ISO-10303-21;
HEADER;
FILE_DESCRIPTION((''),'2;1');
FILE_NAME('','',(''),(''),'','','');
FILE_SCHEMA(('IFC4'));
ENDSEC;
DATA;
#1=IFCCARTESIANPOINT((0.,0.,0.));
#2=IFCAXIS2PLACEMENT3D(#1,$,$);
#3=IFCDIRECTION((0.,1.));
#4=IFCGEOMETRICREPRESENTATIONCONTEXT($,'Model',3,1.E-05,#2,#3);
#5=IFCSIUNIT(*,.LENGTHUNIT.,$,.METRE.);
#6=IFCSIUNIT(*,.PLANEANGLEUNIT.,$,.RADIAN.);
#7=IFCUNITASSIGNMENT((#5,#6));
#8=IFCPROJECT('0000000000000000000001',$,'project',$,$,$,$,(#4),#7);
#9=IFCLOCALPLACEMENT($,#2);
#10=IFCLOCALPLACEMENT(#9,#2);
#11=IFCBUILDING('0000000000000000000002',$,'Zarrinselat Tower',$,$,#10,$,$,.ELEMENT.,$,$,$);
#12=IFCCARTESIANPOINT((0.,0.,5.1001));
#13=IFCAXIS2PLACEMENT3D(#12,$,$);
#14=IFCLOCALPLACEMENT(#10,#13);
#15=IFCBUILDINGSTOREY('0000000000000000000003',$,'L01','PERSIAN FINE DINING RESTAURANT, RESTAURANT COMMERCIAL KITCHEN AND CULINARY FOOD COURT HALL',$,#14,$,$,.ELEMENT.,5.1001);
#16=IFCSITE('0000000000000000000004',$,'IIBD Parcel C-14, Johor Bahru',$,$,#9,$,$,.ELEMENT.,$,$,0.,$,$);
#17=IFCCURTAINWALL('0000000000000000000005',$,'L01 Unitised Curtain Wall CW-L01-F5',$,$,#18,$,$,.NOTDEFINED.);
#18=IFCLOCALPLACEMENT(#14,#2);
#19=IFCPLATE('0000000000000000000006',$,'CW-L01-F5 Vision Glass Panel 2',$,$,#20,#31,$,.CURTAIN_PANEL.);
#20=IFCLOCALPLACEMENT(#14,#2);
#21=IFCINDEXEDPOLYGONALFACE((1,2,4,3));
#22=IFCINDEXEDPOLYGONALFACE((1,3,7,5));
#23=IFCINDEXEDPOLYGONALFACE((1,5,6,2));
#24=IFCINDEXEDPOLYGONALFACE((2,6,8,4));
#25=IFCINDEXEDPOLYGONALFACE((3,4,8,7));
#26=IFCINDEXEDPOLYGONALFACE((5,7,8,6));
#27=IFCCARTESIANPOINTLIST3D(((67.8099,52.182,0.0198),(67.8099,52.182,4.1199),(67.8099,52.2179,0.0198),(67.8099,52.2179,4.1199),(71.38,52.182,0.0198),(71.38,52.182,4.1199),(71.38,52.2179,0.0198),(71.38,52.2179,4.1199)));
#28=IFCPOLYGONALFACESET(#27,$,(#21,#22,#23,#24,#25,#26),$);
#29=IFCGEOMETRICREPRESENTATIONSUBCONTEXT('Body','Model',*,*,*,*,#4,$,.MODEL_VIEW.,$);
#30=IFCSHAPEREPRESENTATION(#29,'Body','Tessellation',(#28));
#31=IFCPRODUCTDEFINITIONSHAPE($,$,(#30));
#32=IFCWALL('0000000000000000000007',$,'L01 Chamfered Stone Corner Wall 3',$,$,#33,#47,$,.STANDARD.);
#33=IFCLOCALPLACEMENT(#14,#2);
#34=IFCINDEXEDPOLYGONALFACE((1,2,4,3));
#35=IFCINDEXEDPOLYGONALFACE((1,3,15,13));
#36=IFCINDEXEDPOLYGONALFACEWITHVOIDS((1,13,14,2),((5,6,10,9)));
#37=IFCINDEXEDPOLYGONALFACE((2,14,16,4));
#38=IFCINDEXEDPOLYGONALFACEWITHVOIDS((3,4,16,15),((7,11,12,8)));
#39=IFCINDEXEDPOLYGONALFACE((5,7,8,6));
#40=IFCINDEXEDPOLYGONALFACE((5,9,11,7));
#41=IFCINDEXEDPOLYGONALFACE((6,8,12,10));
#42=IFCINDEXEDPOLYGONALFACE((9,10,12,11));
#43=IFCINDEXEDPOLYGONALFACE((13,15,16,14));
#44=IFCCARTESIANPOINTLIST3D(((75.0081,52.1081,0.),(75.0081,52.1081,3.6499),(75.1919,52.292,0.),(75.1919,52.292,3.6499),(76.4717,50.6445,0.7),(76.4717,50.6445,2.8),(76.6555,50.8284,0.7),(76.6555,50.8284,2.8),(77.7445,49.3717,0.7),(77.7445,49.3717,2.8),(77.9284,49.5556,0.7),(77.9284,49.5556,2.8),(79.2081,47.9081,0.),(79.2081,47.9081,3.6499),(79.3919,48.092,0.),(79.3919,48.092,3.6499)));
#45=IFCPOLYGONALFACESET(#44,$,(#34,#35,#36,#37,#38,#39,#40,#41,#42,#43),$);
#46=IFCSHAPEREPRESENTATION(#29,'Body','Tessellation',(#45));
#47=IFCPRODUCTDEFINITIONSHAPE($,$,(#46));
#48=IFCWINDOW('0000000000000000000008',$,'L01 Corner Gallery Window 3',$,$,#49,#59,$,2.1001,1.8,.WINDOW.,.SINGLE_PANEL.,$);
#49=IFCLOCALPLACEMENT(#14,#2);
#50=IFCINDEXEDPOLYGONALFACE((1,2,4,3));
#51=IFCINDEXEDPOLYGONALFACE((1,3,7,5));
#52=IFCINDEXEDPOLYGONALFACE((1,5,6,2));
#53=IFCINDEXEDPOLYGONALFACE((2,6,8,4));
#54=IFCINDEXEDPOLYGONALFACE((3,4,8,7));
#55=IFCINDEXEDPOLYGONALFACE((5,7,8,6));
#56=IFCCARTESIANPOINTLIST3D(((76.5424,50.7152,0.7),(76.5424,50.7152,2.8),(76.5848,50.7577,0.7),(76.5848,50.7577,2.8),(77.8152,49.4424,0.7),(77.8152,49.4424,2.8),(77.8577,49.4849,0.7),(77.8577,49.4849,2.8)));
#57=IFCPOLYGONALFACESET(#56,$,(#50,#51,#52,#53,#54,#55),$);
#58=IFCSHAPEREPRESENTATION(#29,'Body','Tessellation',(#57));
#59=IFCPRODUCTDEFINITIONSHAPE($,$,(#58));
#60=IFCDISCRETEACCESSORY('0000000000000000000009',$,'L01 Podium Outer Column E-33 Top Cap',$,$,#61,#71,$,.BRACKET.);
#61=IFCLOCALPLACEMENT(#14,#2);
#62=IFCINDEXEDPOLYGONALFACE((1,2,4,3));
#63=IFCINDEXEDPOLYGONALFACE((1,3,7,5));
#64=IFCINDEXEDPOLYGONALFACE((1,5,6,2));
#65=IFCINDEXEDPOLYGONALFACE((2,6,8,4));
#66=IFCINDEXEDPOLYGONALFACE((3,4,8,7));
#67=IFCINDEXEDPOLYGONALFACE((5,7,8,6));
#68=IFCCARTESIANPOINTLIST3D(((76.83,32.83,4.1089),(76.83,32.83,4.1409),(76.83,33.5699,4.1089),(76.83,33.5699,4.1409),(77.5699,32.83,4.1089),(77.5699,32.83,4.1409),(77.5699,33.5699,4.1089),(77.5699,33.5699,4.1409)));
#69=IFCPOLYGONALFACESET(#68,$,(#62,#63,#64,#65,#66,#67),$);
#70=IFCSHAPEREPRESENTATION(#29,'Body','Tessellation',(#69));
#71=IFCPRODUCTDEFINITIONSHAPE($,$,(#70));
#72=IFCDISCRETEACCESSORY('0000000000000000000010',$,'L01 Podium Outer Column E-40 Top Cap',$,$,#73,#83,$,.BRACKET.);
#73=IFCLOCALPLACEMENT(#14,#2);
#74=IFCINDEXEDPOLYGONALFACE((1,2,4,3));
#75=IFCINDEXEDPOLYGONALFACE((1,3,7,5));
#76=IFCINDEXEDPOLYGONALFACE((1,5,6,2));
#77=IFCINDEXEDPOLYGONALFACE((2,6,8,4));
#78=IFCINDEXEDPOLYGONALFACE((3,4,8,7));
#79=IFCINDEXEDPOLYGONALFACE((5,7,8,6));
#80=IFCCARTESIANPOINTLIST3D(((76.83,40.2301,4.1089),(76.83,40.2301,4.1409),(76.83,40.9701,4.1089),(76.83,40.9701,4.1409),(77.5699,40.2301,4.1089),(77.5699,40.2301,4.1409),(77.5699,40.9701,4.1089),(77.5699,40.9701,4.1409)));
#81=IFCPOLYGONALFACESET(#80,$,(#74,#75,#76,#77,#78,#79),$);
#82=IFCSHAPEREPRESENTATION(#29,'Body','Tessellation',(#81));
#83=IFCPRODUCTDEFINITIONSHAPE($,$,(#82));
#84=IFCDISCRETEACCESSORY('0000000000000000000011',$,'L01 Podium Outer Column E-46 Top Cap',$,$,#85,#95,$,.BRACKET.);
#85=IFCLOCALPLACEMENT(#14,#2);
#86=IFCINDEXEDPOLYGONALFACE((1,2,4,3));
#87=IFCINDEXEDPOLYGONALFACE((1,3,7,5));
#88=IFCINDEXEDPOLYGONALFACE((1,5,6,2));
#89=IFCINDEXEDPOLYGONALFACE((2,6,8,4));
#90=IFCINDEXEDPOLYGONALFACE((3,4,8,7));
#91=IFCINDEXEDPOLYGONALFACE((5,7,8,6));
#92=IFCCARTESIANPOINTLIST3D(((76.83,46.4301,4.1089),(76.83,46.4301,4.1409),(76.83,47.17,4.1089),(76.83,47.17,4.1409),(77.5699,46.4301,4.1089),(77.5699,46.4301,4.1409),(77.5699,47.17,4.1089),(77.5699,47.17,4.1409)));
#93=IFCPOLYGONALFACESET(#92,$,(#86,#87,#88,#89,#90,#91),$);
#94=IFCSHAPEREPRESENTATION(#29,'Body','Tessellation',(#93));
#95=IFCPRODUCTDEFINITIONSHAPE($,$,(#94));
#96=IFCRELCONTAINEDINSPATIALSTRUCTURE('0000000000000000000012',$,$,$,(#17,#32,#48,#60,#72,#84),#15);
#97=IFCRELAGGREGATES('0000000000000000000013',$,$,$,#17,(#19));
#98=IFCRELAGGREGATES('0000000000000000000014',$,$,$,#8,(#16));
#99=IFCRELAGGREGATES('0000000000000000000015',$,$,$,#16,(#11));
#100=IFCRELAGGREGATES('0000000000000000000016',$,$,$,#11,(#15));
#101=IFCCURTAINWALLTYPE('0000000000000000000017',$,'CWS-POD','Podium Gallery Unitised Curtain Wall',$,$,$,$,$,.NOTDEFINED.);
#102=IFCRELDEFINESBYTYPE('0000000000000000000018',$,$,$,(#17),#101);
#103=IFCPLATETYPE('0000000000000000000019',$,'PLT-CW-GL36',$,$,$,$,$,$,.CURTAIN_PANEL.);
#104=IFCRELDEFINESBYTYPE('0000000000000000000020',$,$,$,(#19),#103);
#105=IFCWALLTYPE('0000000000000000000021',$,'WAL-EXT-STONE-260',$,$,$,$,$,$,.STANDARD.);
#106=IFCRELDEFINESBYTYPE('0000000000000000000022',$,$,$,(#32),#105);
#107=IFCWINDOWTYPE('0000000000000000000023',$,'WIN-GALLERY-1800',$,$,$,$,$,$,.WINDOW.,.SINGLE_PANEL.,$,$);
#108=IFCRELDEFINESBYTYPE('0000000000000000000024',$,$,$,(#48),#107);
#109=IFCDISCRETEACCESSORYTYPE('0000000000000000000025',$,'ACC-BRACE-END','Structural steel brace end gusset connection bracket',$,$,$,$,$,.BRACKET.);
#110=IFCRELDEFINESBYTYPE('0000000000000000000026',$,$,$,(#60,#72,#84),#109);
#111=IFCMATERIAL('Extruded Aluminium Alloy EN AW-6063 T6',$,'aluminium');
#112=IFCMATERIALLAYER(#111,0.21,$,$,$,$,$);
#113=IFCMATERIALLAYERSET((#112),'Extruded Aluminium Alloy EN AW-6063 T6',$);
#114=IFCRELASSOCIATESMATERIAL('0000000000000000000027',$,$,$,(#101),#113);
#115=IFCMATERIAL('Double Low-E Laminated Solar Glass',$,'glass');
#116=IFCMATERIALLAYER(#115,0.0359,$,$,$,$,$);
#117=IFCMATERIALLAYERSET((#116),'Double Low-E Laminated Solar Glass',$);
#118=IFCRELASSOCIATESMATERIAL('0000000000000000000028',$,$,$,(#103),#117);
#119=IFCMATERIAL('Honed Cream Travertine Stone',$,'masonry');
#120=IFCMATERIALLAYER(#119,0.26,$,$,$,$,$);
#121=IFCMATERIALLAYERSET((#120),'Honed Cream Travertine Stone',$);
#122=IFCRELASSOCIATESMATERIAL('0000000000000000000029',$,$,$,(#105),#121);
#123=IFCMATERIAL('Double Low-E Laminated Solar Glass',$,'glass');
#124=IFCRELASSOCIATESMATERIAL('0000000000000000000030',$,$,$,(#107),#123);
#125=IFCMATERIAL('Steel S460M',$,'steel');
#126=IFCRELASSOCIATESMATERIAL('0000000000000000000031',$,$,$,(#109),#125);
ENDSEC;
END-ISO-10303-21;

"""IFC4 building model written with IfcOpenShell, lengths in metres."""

from ifc_helpers import new_model, si_unit, direction, frame, frame_2d, origin, origin_2d, place, context, subcontext, project, spatial, rectangle, extrude, material, layer, layer_set, type_object, element, fill, aggregate, save


model = new_model("IFC4")

# Units and contexts
model_context = context("Model", 3, precision=1e-05, world=origin(), true_north=direction((0.0, 1.0)))
body_context = subcontext(model_context, "Body", "Model", "MODEL_VIEW")
ifc_project = project(units=[si_unit("LENGTHUNIT", "METRE"), si_unit("PLANEANGLEUNIT", "RADIAN")], contexts=[model_context])

# Site, building, storey
site_placement = place(None, origin())
site = spatial("IfcSite", under=ifc_project, at=site_placement, Name="IIBD Parcel C-14, Johor Bahru", CompositionType="ELEMENT", RefElevation=0.0)
building_placement = place(site_placement, origin())
building = spatial("IfcBuilding", under=site, at=building_placement, Name="Zarrinselat Tower", CompositionType="ELEMENT")
storey_placement = place(building_placement, frame((0.0, 0.0, 5.1001)))
storey = spatial("IfcBuildingStorey", under=building, at=storey_placement, Name="L01", Description="PERSIAN FINE DINING RESTAURANT, RESTAURANT COMMERCIAL KITCHEN AND CULINARY FOOD COURT HALL", CompositionType="ELEMENT", Elevation=5.1001)

# Curtain wall
ifc_material_1 = material(Name="Extruded Aluminium Alloy EN AW-6063 T6", Category="aluminium")
ifc_layer_1 = layer(ifc_material_1, 0.21)
ifc_layer_set_1 = layer_set([ifc_layer_1], Name="Extruded Aluminium Alloy EN AW-6063 T6")
curtain_wall_type = type_object("IfcCurtainWallType", Name="CWS-POD", Description="Podium Gallery Unitised Curtain Wall", PredefinedType="NOTDEFINED", material=ifc_layer_set_1)
curtain_wall_1_placement = place(storey_placement, origin())
curtain_wall_1 = element("IfcCurtainWall", 1, at=curtain_wall_1_placement, inside=storey, type_object=curtain_wall_type, Name="L01 Unitised Curtain Wall CW-L01-F5", PredefinedType="NOTDEFINED")

# Plate
ifc_material_2 = material(Name="Double Low-E Laminated Solar Glass", Category="glass")
ifc_layer_2 = layer(ifc_material_2, 0.0359)
ifc_layer_set_2 = layer_set([ifc_layer_2], Name="Double Low-E Laminated Solar Glass")
plate_type = type_object("IfcPlateType", Name="PLT-CW-GL36", PredefinedType="CURTAIN_PANEL", material=ifc_layer_set_2)
plate_1_placement = place(storey_placement, frame((69.595, 52.2, 0.0198), z_axis=(0.0, 0.0, 1.0), x_axis=(-1.0, 0.0, 0.0)))
plate_1 = element("IfcPlate", 2, at=plate_1_placement, type_object=plate_type, Name="CW-L01-F5 Vision Glass Panel 2", PredefinedType="CURTAIN_PANEL", context=body_context, shape_type="SweptSolid", body=[
    extrude(rectangle(XDim=3.5701, YDim=0.0359, at=origin_2d()), origin(), (0.0, 0.0, 1.0), 4.1001),
])
aggregate(curtain_wall_1, [plate_1])

# Wall, opening, window
ifc_material_3 = material(Name="Honed Cream Travertine Stone", Category="masonry")
ifc_layer_3 = layer(ifc_material_3, 0.26)
ifc_layer_set_3 = layer_set([ifc_layer_3], Name="Honed Cream Travertine Stone")
wall_type = type_object("IfcWallType", Name="WAL-EXT-STONE-260", PredefinedType="STANDARD", material=ifc_layer_set_3)
wall_placement = place(storey_placement, frame((75.1001, 52.2, 0.0), z_axis=(0.0, 0.0, 1.0), x_axis=(0.707107, -0.707107, 0.0)))
wall = element("IfcWall", 3, at=wall_placement, inside=storey, type_object=wall_type, Name="L01 Chamfered Stone Corner Wall 3", PredefinedType="STANDARD", context=body_context, shape_type="SweptSolid", body=[
    extrude(rectangle(XDim=5.9397, YDim=0.26, at=frame_2d((2.9697, 0.0))), origin(), (0.0, 0.0, 1.0), 3.6499),
])
opening_placement = place(wall_placement, frame((2.0698, 0.0, 0.7)))
opening = element("IfcOpeningElement", 4, at=opening_placement, cuts=wall, PredefinedType="OPENING", context=body_context, shape_type="SweptSolid", body=[
    extrude(rectangle(XDim=1.8, YDim=2.1001, at=frame_2d((0.8999, 1.05))), frame((0.0, 0.1399, 0.0), z_axis=(0.0, -1.0, 0.0), x_axis=(1.0, 0.0, 0.0)), (0.0, 0.0, 1.0), 0.28),
])
ifc_material_4 = material(Name="Double Low-E Laminated Solar Glass", Category="glass")
window_type = type_object("IfcWindowType", Name="WIN-GALLERY-1800", PartitioningType="SINGLE_PANEL", PredefinedType="WINDOW", material=ifc_material_4)
window_placement = place(opening_placement, origin())
window = element("IfcWindow", 5, at=window_placement, inside=storey, type_object=window_type, Name="L01 Corner Gallery Window 3", OverallHeight=2.1001, OverallWidth=1.8, PartitioningType="SINGLE_PANEL", PredefinedType="WINDOW", context=body_context, shape_type="SweptSolid", body=[
    extrude(rectangle(XDim=1.8, YDim=2.1001, at=frame_2d((0.8999, 1.05))), frame((0.0, 0.03, 0.0), z_axis=(0.0, -1.0, 0.0), x_axis=(1.0, 0.0, 0.0)), (0.0, 0.0, 1.0), 0.0601),
])
fill(opening, window)

# Discrete accessories
ifc_material_5 = material(Name="Steel S460M", Category="steel")
discrete_accessory_type = type_object("IfcDiscreteAccessoryType", Name="ACC-BRACE-END", Description="Structural steel brace end gusset connection bracket", PredefinedType="BRACKET", material=ifc_material_5)
for number, where, z_axis, x_axis, name in (
    (6, (77.2, 33.2, 4.1089), (0.0, 0.0, 1.0), (1.0, 0.0, 0.0), "L01 Podium Outer Column E-33 Top Cap"),
    (7, (77.2, 40.6001, 4.1089), (0.0, 0.0, 1.0), (1.0, 0.0, 0.0), "L01 Podium Outer Column E-40 Top Cap"),
    (8, (77.2, 46.8, 4.1089), (0.0, 0.0, 1.0), (1.0, 0.0, 0.0), "L01 Podium Outer Column E-46 Top Cap"),
):
    element("IfcDiscreteAccessory", number, at=place(storey_placement, frame(where, z_axis=z_axis, x_axis=x_axis)), inside=storey, type_object=discrete_accessory_type, Name=name, PredefinedType="BRACKET", context=body_context, shape_type="SweptSolid", body=[
        extrude(rectangle(XDim=0.74, YDim=0.74, at=origin_2d()), origin(), (0.0, 0.0, 1.0), 0.032),
    ])

save(model, "model.ifc")
